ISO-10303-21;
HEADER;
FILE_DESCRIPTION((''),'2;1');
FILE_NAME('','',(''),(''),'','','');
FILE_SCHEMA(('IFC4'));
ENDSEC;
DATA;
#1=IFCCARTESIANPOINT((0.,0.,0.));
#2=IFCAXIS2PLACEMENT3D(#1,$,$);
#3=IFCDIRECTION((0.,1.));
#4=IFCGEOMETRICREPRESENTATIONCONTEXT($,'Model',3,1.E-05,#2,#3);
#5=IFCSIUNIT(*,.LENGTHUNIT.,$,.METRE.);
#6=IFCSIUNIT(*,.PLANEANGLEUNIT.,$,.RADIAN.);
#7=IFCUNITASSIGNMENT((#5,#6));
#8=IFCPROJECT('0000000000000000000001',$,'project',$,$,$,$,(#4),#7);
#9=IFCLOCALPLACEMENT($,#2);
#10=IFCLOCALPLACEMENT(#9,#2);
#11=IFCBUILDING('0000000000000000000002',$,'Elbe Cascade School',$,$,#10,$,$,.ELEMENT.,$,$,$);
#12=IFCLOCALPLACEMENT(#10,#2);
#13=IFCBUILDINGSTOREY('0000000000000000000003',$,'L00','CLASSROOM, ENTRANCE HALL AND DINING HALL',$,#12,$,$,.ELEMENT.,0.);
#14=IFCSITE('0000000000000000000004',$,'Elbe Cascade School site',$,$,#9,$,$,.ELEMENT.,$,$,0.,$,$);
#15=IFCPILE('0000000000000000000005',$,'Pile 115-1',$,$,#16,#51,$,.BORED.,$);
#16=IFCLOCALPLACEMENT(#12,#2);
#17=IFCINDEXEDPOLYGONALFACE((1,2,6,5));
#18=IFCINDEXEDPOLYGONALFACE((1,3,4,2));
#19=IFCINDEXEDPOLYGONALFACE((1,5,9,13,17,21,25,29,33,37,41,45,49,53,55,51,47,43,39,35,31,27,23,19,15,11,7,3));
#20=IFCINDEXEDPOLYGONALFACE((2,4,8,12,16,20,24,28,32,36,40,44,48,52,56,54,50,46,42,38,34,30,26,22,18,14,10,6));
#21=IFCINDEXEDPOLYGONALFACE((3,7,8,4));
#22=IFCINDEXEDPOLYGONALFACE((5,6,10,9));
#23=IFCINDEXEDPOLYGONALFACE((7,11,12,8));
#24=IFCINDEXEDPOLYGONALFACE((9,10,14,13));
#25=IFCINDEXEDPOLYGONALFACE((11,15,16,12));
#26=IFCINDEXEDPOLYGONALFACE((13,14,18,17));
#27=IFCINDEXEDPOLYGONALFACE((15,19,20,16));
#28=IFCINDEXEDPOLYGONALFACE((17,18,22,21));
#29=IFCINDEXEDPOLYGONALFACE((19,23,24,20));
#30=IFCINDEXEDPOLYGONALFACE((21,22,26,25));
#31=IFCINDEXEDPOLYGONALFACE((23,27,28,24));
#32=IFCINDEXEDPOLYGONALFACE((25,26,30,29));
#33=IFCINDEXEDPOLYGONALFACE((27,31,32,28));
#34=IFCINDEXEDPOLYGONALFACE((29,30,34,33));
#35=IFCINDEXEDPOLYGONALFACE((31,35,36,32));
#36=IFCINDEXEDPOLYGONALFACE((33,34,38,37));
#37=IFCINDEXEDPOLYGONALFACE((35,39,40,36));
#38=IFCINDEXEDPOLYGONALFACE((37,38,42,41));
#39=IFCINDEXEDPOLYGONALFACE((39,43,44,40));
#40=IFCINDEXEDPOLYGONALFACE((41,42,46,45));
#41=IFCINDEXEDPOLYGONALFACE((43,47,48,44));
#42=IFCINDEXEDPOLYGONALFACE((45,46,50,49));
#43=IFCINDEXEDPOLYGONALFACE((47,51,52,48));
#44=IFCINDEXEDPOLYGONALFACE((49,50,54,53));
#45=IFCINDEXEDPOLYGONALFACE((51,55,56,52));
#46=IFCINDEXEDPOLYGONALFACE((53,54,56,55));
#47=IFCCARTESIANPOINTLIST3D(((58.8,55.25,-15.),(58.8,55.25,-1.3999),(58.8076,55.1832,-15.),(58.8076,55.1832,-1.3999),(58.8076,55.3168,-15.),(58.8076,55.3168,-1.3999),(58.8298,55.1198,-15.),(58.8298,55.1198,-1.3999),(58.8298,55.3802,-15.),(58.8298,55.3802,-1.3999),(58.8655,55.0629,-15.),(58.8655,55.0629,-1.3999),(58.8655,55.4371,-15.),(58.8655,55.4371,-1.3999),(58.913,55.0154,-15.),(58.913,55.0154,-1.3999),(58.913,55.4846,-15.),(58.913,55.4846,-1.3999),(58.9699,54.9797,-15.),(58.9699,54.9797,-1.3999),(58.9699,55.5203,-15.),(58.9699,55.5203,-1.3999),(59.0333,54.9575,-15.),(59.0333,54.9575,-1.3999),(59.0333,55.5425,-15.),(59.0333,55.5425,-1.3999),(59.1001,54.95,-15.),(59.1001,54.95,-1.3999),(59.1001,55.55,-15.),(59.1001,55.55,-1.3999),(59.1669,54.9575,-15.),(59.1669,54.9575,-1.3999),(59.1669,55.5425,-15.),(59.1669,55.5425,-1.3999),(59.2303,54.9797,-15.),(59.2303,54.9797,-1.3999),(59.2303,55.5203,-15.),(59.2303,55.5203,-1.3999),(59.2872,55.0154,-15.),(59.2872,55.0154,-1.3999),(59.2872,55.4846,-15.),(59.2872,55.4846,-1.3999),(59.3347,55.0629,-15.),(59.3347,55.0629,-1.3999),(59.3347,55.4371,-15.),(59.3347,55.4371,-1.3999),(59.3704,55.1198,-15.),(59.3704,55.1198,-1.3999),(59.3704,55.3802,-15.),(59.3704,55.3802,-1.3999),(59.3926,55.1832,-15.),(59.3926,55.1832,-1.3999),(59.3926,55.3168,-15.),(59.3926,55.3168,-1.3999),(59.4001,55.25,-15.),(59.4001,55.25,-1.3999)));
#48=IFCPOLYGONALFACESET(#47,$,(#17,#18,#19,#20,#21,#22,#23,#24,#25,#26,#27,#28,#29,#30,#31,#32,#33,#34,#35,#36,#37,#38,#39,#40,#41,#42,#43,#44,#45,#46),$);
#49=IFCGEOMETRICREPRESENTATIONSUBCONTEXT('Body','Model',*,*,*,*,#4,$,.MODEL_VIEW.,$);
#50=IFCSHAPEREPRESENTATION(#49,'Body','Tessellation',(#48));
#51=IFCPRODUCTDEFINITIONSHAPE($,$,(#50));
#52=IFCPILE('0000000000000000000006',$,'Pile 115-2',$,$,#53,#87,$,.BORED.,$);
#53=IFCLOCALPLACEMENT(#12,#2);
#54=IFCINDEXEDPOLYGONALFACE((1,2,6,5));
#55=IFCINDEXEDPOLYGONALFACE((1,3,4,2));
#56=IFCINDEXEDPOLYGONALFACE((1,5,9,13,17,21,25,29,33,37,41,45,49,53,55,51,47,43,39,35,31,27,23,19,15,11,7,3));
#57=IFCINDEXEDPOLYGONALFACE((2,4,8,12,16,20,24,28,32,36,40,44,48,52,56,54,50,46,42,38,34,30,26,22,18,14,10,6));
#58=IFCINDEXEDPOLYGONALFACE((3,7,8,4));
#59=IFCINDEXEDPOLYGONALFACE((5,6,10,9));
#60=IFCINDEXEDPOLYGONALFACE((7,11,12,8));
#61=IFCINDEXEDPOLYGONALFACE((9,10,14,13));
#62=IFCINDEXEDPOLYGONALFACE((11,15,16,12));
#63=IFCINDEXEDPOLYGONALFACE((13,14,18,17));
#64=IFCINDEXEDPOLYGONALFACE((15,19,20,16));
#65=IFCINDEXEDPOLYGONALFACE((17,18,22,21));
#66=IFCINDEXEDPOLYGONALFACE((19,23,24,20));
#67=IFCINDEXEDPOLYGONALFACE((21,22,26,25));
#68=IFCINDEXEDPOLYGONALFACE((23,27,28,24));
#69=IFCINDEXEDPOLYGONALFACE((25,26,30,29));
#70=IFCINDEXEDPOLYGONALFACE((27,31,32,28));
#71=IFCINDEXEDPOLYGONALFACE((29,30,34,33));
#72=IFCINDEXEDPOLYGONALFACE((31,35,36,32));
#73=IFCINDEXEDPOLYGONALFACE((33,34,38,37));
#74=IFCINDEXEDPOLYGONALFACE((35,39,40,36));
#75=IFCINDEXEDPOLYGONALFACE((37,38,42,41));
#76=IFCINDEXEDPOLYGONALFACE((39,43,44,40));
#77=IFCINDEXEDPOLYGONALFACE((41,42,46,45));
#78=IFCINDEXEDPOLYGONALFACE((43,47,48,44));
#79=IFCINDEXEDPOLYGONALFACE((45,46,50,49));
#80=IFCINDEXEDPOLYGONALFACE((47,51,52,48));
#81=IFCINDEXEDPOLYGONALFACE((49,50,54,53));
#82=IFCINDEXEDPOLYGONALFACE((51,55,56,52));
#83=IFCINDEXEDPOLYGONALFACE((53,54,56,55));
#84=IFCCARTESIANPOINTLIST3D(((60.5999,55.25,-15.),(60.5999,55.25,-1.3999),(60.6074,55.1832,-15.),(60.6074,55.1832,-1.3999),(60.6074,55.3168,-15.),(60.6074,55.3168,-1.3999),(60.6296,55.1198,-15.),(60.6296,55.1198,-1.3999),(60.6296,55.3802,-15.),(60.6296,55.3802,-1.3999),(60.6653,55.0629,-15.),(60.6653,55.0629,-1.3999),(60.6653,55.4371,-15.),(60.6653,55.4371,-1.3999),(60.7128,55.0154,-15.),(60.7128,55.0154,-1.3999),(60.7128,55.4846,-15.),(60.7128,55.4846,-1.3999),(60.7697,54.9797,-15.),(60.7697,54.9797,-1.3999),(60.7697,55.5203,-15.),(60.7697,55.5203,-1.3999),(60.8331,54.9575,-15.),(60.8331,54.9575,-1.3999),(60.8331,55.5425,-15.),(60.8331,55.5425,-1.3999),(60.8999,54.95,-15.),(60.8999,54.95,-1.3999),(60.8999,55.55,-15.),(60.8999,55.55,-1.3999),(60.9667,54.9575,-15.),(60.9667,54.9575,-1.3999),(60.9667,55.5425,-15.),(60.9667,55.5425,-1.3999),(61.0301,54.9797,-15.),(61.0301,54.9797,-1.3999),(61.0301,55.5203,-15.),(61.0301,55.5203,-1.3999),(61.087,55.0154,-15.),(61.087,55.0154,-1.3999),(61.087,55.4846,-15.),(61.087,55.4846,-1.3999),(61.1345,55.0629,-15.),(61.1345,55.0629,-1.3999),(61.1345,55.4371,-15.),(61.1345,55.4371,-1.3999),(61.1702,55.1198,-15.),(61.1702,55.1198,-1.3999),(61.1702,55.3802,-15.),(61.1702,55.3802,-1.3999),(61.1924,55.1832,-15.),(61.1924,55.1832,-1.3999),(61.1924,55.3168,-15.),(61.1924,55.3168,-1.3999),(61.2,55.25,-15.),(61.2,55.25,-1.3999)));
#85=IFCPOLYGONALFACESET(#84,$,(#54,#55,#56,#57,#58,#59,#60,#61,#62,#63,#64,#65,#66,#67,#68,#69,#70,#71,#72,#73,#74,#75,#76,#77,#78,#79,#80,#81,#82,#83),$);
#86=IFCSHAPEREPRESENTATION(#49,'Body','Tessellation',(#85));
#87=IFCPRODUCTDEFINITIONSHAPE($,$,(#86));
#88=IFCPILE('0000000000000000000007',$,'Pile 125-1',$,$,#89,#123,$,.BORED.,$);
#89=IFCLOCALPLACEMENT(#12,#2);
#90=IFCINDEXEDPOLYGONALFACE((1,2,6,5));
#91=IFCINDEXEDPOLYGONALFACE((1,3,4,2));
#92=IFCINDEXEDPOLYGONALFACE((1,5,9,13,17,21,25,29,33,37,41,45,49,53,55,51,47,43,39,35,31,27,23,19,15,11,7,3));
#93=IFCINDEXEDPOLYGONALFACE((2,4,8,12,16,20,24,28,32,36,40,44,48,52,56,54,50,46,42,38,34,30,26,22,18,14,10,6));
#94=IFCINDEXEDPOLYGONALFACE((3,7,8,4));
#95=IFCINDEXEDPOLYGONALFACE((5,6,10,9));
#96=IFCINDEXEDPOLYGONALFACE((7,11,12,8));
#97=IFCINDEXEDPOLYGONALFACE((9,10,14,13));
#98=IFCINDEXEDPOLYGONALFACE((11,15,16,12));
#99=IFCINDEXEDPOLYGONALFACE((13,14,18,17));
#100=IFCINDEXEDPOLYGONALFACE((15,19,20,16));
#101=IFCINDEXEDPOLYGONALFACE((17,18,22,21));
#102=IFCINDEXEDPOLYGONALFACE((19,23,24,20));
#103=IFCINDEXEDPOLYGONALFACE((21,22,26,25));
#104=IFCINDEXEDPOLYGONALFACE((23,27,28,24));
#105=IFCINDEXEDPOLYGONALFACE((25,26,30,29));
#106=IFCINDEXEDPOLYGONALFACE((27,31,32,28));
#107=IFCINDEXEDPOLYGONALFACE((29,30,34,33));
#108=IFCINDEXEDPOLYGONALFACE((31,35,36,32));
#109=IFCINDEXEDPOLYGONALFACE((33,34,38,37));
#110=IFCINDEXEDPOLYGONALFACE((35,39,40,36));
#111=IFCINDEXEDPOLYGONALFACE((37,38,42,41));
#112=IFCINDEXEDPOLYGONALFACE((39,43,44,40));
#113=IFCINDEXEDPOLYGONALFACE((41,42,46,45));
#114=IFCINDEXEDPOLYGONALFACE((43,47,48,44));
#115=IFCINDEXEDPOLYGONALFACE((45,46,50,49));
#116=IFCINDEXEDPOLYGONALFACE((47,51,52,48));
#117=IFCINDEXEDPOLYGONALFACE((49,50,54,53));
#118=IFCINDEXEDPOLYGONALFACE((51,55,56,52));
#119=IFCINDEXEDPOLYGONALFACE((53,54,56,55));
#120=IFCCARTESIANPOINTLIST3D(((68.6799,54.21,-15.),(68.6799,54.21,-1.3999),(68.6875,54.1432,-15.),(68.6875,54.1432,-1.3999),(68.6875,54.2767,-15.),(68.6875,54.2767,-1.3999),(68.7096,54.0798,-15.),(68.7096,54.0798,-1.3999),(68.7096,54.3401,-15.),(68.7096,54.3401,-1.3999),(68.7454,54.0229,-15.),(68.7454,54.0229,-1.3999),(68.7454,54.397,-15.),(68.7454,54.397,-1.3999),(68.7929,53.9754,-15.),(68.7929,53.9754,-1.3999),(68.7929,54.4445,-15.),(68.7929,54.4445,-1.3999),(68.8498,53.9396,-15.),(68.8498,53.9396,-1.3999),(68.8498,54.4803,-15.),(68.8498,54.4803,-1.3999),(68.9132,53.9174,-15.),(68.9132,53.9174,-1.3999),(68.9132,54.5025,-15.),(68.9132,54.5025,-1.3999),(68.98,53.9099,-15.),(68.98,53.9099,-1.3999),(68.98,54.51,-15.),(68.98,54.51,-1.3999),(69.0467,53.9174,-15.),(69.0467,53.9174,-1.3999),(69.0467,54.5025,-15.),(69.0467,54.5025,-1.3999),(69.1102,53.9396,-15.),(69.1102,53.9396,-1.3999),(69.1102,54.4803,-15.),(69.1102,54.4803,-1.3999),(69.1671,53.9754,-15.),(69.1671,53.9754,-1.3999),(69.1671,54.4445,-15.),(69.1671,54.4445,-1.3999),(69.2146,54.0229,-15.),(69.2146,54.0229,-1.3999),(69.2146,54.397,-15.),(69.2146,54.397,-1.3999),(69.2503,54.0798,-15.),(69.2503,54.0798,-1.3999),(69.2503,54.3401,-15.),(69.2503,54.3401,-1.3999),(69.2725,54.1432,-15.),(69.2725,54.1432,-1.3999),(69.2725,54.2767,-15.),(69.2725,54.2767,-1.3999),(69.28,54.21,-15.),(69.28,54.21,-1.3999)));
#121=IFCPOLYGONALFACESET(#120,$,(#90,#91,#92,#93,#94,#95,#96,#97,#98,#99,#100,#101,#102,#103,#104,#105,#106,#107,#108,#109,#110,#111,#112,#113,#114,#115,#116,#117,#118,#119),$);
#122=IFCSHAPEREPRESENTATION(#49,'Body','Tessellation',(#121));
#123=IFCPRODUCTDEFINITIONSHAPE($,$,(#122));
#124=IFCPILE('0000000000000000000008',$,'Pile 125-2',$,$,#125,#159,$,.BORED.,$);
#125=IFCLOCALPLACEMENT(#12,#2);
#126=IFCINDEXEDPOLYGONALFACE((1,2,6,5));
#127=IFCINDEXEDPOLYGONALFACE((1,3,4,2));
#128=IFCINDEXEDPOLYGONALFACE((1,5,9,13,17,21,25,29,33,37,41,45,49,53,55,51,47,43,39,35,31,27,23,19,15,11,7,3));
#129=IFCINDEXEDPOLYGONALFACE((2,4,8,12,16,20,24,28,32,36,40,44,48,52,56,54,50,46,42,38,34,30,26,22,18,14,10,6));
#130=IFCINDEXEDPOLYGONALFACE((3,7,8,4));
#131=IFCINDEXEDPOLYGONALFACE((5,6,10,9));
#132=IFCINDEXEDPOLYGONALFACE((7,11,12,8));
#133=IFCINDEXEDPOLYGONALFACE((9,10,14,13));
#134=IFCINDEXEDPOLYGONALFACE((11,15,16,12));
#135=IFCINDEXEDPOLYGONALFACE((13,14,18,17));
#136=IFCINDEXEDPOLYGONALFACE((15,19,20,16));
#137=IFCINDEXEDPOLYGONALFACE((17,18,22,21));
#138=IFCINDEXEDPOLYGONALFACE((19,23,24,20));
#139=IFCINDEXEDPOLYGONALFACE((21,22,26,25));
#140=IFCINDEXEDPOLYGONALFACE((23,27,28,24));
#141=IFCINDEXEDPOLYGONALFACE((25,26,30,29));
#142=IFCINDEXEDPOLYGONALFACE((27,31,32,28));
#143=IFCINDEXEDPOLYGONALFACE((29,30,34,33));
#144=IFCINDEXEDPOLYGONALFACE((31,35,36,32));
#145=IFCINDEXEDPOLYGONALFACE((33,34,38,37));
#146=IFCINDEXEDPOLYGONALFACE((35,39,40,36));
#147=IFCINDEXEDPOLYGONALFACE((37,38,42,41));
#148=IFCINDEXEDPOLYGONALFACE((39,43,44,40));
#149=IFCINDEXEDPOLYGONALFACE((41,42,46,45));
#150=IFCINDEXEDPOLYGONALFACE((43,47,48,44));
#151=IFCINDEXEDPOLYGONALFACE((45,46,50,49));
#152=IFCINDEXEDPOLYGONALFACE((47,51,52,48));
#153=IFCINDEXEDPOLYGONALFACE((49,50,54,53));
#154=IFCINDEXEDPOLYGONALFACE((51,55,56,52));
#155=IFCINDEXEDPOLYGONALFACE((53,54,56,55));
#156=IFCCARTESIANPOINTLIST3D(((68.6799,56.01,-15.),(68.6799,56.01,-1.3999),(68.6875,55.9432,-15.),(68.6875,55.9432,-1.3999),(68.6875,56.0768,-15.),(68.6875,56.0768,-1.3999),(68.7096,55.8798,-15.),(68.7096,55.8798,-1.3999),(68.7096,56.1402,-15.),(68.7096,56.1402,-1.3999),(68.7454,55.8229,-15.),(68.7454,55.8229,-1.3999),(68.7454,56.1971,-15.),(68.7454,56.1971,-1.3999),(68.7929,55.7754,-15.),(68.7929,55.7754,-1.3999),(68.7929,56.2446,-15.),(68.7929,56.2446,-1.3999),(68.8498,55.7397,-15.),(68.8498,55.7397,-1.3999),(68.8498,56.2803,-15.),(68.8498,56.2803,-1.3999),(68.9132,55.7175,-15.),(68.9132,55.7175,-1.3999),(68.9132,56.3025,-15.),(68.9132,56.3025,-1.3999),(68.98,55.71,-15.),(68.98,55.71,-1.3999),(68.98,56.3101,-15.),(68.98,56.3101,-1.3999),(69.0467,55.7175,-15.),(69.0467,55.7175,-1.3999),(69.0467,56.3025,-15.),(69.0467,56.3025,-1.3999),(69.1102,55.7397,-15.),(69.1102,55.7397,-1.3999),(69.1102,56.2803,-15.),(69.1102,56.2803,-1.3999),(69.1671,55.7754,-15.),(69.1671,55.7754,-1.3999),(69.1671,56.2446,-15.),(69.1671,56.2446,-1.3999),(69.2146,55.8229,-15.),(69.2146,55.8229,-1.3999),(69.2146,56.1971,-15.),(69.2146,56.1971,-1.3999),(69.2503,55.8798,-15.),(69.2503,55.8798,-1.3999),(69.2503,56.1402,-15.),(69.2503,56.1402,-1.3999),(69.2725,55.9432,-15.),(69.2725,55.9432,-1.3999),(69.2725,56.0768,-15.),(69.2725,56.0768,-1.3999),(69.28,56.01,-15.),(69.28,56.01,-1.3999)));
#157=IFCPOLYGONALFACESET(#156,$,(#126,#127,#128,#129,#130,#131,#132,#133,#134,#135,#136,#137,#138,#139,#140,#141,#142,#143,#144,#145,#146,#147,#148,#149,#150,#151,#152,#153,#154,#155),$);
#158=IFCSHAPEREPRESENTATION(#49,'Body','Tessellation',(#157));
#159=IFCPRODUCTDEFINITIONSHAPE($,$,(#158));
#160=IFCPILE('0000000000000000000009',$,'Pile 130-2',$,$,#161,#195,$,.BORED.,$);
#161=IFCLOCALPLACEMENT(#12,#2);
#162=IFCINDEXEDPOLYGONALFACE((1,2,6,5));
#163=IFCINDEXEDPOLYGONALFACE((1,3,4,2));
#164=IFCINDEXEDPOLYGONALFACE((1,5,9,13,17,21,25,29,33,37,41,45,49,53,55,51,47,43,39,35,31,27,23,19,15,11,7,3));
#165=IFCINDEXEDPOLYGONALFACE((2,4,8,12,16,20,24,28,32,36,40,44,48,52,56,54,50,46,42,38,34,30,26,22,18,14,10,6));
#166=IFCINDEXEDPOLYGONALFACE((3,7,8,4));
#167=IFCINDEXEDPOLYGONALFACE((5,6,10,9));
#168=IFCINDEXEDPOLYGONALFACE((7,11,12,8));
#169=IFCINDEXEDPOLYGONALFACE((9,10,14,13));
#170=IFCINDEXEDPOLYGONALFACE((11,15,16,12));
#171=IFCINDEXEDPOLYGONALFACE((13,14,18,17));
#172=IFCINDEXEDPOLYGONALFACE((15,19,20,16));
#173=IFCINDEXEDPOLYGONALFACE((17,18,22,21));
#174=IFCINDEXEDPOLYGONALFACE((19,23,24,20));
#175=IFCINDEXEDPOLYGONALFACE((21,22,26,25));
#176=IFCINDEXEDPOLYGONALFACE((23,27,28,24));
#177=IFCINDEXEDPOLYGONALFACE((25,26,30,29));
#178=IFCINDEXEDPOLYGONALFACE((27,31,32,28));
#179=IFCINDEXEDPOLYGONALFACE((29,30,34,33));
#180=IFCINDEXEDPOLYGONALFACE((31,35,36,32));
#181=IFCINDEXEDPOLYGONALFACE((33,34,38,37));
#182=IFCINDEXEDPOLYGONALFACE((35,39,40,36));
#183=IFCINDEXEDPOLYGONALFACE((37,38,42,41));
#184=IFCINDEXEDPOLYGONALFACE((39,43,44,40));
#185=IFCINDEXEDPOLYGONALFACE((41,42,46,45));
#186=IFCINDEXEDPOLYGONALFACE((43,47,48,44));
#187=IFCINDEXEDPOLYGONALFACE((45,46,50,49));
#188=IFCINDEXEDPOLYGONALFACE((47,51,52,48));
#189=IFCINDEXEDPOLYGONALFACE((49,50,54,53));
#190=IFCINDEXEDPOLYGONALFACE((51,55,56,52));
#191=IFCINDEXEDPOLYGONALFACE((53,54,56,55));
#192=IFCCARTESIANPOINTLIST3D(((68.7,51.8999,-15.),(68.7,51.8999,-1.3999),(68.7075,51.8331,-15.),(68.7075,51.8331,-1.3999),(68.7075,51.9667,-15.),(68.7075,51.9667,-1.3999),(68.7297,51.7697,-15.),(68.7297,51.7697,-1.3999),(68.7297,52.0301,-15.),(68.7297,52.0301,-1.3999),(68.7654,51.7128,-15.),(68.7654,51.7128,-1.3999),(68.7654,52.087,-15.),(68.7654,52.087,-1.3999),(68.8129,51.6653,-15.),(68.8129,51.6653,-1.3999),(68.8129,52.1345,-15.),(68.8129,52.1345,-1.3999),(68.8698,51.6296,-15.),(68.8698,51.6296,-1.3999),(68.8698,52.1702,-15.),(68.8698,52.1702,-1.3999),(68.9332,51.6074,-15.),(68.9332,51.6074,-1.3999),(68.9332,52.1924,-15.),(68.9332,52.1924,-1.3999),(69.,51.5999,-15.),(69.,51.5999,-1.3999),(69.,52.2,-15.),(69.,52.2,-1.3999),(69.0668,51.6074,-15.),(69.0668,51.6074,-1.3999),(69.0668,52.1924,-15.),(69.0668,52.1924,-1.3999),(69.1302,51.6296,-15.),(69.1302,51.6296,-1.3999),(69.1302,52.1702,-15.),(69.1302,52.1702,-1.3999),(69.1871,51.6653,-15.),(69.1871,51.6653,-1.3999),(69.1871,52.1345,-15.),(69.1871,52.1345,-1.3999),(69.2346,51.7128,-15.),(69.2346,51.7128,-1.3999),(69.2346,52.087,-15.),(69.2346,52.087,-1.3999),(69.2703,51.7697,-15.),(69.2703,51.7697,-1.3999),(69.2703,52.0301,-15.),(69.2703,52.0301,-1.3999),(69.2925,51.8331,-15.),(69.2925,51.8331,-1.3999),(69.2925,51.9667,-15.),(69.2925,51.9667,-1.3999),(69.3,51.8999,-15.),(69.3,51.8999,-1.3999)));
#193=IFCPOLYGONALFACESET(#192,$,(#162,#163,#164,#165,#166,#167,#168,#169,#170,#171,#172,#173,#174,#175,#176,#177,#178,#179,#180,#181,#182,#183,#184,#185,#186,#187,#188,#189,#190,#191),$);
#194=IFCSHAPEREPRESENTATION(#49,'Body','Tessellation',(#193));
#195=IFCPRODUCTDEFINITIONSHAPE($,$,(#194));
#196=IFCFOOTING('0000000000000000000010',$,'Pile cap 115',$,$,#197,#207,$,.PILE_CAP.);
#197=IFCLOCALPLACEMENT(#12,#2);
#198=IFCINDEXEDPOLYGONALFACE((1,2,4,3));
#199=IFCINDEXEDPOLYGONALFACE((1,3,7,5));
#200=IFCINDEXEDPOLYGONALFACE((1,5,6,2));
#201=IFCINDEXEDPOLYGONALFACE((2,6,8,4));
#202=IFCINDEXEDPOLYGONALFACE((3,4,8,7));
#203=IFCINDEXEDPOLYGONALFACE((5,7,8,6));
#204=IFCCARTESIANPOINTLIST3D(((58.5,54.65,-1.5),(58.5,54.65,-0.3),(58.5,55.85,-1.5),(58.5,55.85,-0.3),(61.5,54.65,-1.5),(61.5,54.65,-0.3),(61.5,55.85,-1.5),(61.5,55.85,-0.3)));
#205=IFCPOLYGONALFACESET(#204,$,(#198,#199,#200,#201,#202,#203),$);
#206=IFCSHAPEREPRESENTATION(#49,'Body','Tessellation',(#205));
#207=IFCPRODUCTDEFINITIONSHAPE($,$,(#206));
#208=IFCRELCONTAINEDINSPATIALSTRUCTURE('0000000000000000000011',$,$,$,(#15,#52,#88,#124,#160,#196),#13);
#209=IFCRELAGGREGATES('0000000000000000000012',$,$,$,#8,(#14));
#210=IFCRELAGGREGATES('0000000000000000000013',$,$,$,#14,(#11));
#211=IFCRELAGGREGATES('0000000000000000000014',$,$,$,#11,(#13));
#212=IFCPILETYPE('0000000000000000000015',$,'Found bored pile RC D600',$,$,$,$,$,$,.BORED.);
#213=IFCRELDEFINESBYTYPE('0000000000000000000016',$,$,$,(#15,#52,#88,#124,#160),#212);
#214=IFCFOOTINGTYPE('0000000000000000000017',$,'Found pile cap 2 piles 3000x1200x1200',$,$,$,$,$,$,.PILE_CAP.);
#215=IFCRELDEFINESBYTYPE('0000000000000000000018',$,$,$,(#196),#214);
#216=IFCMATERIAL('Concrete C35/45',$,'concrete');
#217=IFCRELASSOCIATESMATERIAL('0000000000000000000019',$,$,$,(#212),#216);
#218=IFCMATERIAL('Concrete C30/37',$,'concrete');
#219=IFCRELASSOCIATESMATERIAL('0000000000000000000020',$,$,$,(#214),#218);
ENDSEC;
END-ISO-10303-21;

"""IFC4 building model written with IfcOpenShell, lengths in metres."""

from ifc_helpers import new_model, si_unit, direction, frame, origin, origin_2d, place, context, subcontext, project, spatial, rectangle, circle, extrude, material, material_profile, profile_set, type_object, element, save


model = new_model("IFC4")

# Units and contexts
model_context = context("Model", 3, precision=1e-05, world=origin(), true_north=direction((0.0, 1.0)))
body_context = subcontext(model_context, "Body", "Model", "MODEL_VIEW")
ifc_project = project(units=[si_unit("LENGTHUNIT", "METRE"), si_unit("PLANEANGLEUNIT", "RADIAN")], contexts=[model_context])

# Site, building, storey
site_placement = place(None, origin())
site = spatial("IfcSite", under=ifc_project, at=site_placement, Name="Elbe Cascade School site", CompositionType="ELEMENT", RefElevation=0.0)
building_placement = place(site_placement, origin())
building = spatial("IfcBuilding", under=site, at=building_placement, Name="Elbe Cascade School", CompositionType="ELEMENT")
storey_placement = place(building_placement, origin())
storey = spatial("IfcBuildingStorey", under=building, at=storey_placement, Name="L00", Description="CLASSROOM, ENTRANCE HALL AND DINING HALL", CompositionType="ELEMENT", Elevation=0.0)

# Piles
ifc_material_1 = material(Name="Concrete C35/45", Category="concrete")
ifc_material_profile_1 = material_profile(ifc_material_1, circle(Radius=0.3, at=origin_2d()), Name="RC D600")
ifc_profile_set_1 = profile_set([ifc_material_profile_1], Name="Concrete C35/45")
pile_type = type_object("IfcPileType", Name="Found bored pile RC D600", PredefinedType="BORED", material=ifc_profile_set_1)
for number, where, z_axis, x_axis, name in (
    (1, (59.1001, 55.25, -1.3999), (0.0, 0.0, -1.0), (1.0, 0.0, 0.0), "Pile 115-1"),
    (2, (60.8999, 55.25, -1.3999), (0.0, 0.0, -1.0), (1.0, 0.0, 0.0), "Pile 115-2"),
    (3, (68.98, 54.21, -1.3999), (0.0, 0.0, -1.0), (1.0, 0.0, 0.0), "Pile 125-1"),
    (4, (68.98, 56.01, -1.3999), (0.0, 0.0, -1.0), (1.0, 0.0, 0.0), "Pile 125-2"),
    (5, (69.0, 51.8999, -1.3999), (0.0, 0.0, -1.0), (1.0, 0.0, 0.0), "Pile 130-2"),
):
    element("IfcPile", number, at=place(storey_placement, frame(where, z_axis=z_axis, x_axis=x_axis)), inside=storey, type_object=pile_type, Name=name, PredefinedType="BORED", context=body_context, shape_type="SweptSolid", body=[
        extrude(circle(Radius=0.3, at=origin_2d()), origin(), (0.0, 0.0, 1.0), 13.6001),
    ])

# Footing
ifc_material_2 = material(Name="Concrete C30/37", Category="concrete")
footing_type = type_object("IfcFootingType", Name="Found pile cap 2 piles 3000x1200x1200", PredefinedType="PILE_CAP", material=ifc_material_2)
footing_1_placement = place(storey_placement, frame((60.0, 55.25, -1.5), z_axis=(0.0, 0.0, 1.0), x_axis=(1.0, 0.0, 0.0)))
element("IfcFooting", 6, at=footing_1_placement, inside=storey, type_object=footing_type, Name="Pile cap 115", PredefinedType="PILE_CAP", context=body_context, shape_type="SweptSolid", body=[
    extrude(rectangle(XDim=3.0, YDim=1.2, at=origin_2d()), origin(), (0.0, 0.0, 1.0), 1.2),
])

save(model, "model.ifc")
